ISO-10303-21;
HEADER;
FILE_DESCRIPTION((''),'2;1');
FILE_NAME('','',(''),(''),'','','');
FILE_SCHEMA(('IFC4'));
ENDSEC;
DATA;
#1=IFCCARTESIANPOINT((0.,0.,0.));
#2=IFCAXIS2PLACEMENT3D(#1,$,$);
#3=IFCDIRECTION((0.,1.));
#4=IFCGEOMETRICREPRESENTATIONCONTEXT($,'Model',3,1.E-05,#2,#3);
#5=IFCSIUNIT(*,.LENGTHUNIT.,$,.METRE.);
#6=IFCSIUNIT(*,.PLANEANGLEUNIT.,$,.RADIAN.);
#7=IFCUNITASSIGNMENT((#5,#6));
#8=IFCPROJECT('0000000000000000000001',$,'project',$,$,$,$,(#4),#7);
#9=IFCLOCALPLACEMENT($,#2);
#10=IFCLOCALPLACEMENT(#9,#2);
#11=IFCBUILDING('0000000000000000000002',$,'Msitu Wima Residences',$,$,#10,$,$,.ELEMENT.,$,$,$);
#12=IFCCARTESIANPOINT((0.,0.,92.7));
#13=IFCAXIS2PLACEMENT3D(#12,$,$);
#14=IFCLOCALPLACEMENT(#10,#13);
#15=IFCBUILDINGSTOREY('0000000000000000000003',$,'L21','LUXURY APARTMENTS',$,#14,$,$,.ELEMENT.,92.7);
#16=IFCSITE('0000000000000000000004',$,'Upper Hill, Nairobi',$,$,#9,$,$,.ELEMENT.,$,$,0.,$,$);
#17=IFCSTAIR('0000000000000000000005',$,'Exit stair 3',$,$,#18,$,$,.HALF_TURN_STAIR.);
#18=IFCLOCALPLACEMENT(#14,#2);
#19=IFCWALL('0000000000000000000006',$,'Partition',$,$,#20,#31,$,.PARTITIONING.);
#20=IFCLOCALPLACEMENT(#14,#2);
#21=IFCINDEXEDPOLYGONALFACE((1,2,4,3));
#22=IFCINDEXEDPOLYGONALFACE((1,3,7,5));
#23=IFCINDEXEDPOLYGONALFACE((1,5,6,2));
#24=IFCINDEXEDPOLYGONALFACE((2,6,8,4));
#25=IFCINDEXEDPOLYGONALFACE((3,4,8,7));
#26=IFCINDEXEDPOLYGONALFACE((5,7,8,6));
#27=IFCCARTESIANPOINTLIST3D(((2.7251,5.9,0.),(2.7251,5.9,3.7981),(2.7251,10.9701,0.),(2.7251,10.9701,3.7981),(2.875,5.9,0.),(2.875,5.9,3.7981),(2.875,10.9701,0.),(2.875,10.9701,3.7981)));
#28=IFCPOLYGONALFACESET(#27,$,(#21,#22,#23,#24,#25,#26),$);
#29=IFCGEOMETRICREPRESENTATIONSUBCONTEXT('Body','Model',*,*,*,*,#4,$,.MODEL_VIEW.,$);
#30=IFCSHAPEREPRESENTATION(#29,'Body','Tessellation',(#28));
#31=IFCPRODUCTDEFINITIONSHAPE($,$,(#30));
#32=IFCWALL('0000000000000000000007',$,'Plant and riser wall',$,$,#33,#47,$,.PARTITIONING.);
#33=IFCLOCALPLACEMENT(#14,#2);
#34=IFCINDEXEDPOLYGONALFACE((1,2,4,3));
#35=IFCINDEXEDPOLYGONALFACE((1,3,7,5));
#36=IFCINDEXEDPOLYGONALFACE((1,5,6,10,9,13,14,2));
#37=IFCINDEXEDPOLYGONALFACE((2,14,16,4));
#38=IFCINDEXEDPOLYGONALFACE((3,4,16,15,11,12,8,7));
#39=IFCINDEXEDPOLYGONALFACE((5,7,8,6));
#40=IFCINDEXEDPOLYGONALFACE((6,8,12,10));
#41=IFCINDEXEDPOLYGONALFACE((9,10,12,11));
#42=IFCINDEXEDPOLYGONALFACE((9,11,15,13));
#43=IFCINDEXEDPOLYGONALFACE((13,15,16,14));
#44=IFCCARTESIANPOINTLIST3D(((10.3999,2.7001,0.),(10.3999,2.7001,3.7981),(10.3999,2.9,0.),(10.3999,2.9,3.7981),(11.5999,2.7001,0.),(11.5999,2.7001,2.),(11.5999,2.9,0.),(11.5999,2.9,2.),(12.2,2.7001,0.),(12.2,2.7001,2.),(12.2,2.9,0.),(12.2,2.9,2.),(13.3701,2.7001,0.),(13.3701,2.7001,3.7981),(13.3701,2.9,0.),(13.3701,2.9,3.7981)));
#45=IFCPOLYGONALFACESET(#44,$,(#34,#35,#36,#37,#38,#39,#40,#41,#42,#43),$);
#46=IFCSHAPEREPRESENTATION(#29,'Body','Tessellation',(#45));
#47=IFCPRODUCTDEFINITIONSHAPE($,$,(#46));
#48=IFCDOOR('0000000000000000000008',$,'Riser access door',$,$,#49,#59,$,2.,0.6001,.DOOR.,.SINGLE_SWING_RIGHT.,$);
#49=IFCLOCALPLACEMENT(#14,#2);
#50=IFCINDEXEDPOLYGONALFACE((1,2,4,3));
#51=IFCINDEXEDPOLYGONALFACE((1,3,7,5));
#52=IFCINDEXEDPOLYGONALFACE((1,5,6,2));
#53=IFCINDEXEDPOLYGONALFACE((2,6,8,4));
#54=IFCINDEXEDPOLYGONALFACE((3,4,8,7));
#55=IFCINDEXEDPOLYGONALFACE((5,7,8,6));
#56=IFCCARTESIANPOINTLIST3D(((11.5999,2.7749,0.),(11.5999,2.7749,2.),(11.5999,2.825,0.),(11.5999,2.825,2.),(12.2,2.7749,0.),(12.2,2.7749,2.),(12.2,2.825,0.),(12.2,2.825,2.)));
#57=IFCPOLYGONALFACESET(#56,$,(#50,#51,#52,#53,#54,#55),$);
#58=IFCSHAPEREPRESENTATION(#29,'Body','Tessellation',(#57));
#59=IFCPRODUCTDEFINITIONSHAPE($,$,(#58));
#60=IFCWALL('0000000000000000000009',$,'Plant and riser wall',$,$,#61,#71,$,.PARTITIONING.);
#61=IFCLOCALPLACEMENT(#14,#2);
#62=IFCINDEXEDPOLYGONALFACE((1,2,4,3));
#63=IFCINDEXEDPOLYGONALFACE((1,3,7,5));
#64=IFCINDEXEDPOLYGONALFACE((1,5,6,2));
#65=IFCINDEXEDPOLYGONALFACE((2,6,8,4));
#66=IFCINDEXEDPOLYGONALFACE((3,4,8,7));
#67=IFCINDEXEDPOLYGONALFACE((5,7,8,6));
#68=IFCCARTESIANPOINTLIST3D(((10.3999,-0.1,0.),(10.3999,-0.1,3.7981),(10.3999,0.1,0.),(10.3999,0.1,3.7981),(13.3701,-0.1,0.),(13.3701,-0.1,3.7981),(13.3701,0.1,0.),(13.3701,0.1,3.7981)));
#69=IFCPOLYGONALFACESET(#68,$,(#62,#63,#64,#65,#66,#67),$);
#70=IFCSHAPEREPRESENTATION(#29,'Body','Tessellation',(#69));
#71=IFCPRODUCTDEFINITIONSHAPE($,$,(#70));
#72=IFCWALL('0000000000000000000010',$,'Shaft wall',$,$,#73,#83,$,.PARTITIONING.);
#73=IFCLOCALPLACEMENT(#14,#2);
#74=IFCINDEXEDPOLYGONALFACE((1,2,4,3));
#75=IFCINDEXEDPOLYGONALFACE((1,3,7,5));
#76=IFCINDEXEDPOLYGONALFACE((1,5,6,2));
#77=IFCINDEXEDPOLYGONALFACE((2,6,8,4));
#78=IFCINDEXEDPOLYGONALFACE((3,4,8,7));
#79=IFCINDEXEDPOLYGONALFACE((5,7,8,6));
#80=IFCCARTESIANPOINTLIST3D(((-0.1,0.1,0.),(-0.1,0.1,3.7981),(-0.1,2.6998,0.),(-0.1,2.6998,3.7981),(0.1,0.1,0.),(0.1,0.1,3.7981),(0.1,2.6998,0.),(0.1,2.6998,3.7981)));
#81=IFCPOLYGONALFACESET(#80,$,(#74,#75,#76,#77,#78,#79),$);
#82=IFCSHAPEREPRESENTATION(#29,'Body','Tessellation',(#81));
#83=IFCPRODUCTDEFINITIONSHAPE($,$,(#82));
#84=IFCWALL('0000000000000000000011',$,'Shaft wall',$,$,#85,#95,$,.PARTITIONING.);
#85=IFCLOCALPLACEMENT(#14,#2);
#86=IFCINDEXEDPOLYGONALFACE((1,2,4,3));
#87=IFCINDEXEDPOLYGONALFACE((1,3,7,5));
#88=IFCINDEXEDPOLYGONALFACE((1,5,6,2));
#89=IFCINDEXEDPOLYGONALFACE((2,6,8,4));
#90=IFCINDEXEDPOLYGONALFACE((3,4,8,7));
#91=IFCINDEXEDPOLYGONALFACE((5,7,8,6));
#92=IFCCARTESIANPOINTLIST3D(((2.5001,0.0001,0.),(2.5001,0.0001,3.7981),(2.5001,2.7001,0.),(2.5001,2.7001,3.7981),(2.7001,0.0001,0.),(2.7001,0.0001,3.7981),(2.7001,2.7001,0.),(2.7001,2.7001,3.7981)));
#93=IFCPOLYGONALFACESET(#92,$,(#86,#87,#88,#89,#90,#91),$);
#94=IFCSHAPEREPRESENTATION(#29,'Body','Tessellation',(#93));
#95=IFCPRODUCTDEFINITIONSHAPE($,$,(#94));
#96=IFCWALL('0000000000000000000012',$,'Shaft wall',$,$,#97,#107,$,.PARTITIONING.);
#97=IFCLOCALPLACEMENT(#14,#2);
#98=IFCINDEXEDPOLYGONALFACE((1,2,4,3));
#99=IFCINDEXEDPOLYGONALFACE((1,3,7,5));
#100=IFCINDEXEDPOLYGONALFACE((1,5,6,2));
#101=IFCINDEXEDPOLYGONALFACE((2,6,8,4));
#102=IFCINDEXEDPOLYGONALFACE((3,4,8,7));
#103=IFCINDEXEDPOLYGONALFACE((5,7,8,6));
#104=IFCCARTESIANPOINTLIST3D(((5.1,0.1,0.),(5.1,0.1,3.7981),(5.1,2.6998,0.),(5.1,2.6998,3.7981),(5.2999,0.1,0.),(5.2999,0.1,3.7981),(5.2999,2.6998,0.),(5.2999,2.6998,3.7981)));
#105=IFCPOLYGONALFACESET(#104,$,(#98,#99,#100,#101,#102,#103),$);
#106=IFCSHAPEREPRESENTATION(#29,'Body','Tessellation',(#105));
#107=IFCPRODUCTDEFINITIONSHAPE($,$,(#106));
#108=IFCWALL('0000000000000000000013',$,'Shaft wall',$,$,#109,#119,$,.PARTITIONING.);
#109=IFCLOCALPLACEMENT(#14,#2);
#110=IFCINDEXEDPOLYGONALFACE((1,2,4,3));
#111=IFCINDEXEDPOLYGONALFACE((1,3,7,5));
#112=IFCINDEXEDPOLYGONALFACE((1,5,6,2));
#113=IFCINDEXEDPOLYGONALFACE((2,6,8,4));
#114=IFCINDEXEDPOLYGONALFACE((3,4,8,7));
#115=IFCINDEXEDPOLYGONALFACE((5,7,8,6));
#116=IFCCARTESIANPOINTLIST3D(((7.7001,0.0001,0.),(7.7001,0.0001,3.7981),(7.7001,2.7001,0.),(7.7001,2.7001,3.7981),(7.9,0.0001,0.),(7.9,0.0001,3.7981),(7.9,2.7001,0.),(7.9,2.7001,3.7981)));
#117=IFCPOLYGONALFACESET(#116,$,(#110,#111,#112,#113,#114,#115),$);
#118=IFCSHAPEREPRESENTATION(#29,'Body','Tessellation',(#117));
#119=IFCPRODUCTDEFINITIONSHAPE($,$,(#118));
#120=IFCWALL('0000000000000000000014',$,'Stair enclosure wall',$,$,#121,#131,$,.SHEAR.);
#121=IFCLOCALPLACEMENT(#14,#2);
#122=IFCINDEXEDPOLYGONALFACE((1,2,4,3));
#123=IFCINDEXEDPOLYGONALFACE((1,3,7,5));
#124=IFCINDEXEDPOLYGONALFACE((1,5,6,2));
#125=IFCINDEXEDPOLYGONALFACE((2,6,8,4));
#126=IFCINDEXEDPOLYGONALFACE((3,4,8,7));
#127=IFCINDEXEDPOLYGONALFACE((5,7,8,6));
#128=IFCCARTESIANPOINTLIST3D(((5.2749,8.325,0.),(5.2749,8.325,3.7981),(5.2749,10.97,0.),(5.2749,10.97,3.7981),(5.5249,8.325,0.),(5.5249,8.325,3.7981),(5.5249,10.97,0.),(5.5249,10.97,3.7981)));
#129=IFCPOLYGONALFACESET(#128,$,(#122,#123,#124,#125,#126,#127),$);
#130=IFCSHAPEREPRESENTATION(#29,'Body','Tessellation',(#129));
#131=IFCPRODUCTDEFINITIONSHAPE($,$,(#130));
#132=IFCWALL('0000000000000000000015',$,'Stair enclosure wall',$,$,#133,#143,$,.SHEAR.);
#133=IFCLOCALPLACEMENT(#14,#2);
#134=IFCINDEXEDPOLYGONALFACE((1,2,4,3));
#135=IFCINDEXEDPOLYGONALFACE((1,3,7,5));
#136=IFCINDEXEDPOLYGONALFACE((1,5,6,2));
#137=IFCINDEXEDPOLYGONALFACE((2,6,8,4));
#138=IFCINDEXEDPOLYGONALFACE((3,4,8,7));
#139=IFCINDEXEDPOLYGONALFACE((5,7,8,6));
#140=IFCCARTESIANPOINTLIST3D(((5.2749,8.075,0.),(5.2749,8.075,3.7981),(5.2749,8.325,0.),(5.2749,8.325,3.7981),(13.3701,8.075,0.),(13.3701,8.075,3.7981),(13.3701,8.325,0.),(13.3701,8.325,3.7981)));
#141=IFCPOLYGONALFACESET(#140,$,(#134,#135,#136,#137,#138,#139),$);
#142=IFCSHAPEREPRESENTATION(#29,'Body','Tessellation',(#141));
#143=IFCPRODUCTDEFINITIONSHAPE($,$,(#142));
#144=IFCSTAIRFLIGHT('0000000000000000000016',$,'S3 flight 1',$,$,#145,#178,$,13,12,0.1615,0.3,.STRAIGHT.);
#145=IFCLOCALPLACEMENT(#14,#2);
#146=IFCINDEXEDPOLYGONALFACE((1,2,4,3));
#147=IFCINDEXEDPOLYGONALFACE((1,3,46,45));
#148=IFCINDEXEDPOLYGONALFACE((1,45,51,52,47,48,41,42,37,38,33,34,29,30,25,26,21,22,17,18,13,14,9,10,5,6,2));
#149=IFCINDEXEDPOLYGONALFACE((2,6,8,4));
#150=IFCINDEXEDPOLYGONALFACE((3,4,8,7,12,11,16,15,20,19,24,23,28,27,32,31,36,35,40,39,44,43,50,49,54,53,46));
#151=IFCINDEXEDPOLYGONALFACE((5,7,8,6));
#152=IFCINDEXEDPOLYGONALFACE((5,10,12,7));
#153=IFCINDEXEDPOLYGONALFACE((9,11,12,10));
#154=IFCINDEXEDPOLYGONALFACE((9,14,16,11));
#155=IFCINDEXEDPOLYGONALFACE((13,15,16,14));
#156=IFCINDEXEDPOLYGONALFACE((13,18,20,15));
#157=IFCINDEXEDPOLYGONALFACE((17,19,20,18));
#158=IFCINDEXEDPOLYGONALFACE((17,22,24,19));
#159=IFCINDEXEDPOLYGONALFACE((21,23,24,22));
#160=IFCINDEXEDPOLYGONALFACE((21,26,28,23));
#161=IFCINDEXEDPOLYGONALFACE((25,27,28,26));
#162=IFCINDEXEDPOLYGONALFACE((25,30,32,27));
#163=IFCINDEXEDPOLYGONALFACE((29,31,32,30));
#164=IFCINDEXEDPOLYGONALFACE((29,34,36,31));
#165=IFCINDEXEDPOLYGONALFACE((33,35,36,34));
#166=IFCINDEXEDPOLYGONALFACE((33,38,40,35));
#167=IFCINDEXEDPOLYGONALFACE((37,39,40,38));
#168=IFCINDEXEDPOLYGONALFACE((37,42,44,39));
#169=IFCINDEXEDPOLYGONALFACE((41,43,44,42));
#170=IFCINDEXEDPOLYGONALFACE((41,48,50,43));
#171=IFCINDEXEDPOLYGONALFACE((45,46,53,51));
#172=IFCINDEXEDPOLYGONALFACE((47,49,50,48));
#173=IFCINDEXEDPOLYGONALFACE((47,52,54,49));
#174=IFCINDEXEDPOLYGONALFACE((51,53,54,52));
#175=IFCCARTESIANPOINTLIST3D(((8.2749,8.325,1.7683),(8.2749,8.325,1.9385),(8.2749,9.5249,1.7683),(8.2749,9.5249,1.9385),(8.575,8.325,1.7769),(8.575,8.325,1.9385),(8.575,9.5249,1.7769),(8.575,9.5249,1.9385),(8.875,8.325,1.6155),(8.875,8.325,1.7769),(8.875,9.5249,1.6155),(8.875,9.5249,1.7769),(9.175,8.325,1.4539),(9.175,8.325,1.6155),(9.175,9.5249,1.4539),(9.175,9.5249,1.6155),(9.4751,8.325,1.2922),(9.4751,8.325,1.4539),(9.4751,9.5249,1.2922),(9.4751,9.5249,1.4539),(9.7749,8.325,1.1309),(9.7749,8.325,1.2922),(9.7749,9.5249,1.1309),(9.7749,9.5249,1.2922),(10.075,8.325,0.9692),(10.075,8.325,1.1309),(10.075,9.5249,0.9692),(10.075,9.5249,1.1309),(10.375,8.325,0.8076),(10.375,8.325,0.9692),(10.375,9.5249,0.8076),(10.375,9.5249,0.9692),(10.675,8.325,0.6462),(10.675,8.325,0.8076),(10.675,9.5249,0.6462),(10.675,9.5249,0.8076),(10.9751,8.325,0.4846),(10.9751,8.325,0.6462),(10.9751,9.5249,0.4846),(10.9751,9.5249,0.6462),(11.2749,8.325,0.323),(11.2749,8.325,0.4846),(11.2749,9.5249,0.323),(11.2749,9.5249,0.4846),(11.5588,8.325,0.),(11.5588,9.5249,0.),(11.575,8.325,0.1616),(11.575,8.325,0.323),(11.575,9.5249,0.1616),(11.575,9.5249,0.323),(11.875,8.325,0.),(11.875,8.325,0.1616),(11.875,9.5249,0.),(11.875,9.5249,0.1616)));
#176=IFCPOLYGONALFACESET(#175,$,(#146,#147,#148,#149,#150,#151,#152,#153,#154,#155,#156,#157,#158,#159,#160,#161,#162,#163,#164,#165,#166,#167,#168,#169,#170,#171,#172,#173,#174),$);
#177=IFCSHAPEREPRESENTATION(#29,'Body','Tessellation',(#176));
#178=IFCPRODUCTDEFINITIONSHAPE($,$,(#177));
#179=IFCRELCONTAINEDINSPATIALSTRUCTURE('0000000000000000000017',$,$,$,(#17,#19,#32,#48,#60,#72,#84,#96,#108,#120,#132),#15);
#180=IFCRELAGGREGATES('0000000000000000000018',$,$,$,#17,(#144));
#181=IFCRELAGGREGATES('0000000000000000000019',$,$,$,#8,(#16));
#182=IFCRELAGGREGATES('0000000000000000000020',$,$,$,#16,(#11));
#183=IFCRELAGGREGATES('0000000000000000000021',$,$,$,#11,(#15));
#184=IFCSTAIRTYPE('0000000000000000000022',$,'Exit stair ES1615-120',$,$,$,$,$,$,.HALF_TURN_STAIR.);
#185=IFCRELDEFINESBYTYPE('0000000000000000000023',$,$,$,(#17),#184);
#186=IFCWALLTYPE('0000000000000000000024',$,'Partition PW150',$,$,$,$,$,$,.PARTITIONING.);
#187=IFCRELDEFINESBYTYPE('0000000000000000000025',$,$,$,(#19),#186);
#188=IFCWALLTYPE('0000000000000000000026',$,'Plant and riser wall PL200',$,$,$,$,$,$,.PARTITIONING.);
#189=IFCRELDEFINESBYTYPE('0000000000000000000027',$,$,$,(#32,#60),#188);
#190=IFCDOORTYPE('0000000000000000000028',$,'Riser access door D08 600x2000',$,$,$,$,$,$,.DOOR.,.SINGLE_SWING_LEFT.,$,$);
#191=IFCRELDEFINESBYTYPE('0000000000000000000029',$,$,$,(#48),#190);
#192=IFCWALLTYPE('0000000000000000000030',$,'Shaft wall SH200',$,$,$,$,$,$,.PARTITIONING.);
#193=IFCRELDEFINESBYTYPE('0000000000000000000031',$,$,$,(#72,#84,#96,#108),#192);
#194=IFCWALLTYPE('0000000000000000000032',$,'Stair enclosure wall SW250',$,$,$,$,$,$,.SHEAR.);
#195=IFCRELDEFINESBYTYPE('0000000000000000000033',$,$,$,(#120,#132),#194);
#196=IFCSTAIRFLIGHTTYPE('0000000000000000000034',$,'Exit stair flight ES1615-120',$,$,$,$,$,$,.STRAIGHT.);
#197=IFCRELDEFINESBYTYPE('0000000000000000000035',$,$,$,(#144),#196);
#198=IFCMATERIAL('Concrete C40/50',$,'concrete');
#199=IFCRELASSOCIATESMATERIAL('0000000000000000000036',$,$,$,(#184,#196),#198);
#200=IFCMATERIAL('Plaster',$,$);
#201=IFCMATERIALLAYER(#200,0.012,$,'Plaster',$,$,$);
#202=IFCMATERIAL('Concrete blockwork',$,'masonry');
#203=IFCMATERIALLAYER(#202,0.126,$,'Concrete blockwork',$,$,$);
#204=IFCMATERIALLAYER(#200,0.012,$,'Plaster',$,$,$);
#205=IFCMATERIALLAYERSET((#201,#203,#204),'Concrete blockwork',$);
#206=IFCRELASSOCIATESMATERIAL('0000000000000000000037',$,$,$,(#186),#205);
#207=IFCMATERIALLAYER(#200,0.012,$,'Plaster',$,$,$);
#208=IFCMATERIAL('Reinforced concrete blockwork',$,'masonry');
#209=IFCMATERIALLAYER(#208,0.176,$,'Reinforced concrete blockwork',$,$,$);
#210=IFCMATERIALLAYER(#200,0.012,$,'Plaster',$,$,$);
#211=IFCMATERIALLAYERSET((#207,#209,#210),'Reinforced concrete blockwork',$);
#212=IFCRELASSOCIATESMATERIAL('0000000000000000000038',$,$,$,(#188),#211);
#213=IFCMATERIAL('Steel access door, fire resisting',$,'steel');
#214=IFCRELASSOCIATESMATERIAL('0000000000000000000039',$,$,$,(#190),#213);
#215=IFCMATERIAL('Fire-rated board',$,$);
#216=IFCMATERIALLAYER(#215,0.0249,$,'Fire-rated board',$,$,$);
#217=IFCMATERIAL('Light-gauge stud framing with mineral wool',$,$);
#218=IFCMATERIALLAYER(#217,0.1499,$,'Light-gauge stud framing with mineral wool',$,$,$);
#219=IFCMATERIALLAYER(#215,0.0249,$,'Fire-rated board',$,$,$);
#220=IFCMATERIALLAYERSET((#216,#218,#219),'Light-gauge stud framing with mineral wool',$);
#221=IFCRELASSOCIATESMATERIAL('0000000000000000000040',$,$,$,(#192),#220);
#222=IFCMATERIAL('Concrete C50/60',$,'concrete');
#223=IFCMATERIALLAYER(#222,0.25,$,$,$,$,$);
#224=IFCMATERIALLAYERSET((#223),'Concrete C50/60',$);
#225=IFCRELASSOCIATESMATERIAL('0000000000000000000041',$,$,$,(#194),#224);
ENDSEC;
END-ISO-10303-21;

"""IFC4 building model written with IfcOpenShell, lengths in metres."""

from ifc_helpers import new_model, si_unit, direction, frame, frame_2d, origin, place, context, subcontext, project, spatial, polyline, rectangle, outline, extrude, material, layer, layer_set, type_object, element, fill, aggregate, save


model = new_model("IFC4")

# Units and contexts
model_context = context("Model", 3, precision=1e-05, world=origin(), true_north=direction((0.0, 1.0)))
body_context = subcontext(model_context, "Body", "Model", "MODEL_VIEW")
ifc_project = project(units=[si_unit("LENGTHUNIT", "METRE"), si_unit("PLANEANGLEUNIT", "RADIAN")], contexts=[model_context])

# Site, building, storey
site_placement = place(None, origin())
site = spatial("IfcSite", under=ifc_project, at=site_placement, Name="Upper Hill, Nairobi", CompositionType="ELEMENT", RefElevation=0.0)
building_placement = place(site_placement, origin())
building = spatial("IfcBuilding", under=site, at=building_placement, Name="Msitu Wima Residences", CompositionType="ELEMENT")
storey_placement = place(building_placement, frame((0.0, 0.0, 92.7)))
storey = spatial("IfcBuildingStorey", under=building, at=storey_placement, Name="L21", Description="LUXURY APARTMENTS", CompositionType="ELEMENT", Elevation=92.7)

# Shared definitions
ifc_material_1 = material(Name="Concrete C40/50", Category="concrete")

# Stair
stair_type = type_object("IfcStairType", Name="Exit stair ES1615-120", PredefinedType="HALF_TURN_STAIR", material=ifc_material_1)
stair_1_placement = place(storey_placement, origin())
stair_1 = element("IfcStair", 1, at=stair_1_placement, inside=storey, type_object=stair_type, Name="Exit stair 3", PredefinedType="HALF_TURN_STAIR")

# Wall
ifc_material_2 = material(Name="Plaster")
ifc_layer_1 = layer(ifc_material_2, 0.012, Name="Plaster")
ifc_material_3 = material(Name="Concrete blockwork", Category="masonry")
ifc_layer_2 = layer(ifc_material_3, 0.126, Name="Concrete blockwork")
ifc_layer_3 = layer(ifc_material_2, 0.012, Name="Plaster")
ifc_layer_set_1 = layer_set([ifc_layer_1, ifc_layer_2, ifc_layer_3], Name="Concrete blockwork")
wall_type_1 = type_object("IfcWallType", Name="Partition PW150", PredefinedType="PARTITIONING", material=ifc_layer_set_1)
wall_1_placement = place(storey_placement, frame((2.8, 5.8999, 0.0), z_axis=(0.0, 0.0, 1.0), x_axis=(0.0, 1.0, 0.0)))
element("IfcWall", 2, at=wall_1_placement, inside=storey, type_object=wall_type_1, Name="Partition", PredefinedType="PARTITIONING", context=body_context, shape_type="SweptSolid", body=[
    extrude(rectangle(XDim=5.0701, YDim=0.1499, at=frame_2d((2.5352, 0.0))), origin(), (0.0, 0.0, 1.0), 3.7981),
])

# Wall, opening, door
ifc_layer_4 = layer(ifc_material_2, 0.012, Name="Plaster")
ifc_material_4 = material(Name="Reinforced concrete blockwork", Category="masonry")
ifc_layer_5 = layer(ifc_material_4, 0.176, Name="Reinforced concrete blockwork")
ifc_layer_6 = layer(ifc_material_2, 0.012, Name="Plaster")
ifc_layer_set_2 = layer_set([ifc_layer_4, ifc_layer_5, ifc_layer_6], Name="Reinforced concrete blockwork")
wall_type_2 = type_object("IfcWallType", Name="Plant and riser wall PL200", PredefinedType="PARTITIONING", material=ifc_layer_set_2)
wall_2_placement = place(storey_placement, frame((10.3999, 2.8, 0.0), z_axis=(0.0, 0.0, 1.0), x_axis=(1.0, 0.0, 0.0)))
wall_2 = element("IfcWall", 3, at=wall_2_placement, inside=storey, type_object=wall_type_2, Name="Plant and riser wall", PredefinedType="PARTITIONING", context=body_context, shape_type="SweptSolid", body=[
    extrude(rectangle(XDim=2.9702, YDim=0.2, at=frame_2d((1.4851, 0.0))), origin(), (0.0, 0.0, 1.0), 3.7981),
])
opening_placement = place(wall_2_placement, frame((1.2, 0.0, 0.0)))
opening = element("IfcOpeningElement", 4, at=opening_placement, cuts=wall_2, PredefinedType="OPENING", context=body_context, shape_type="SweptSolid", body=[
    extrude(rectangle(XDim=0.6001, YDim=2.0, at=frame_2d((0.3, 1.0))), frame((0.0, 0.1099, 0.0), z_axis=(0.0, -1.0, 0.0), x_axis=(1.0, 0.0, 0.0)), (0.0, 0.0, 1.0), 0.22),
])
ifc_material_5 = material(Name="Steel access door, fire resisting", Category="steel")
door_type = type_object("IfcDoorType", Name="Riser access door D08 600x2000", OperationType="SINGLE_SWING_LEFT", PredefinedType="DOOR", material=ifc_material_5)
door_placement = place(opening_placement, origin())
door = element("IfcDoor", 5, at=door_placement, inside=storey, type_object=door_type, Name="Riser access door", OperationType="SINGLE_SWING_RIGHT", OverallHeight=2.0, OverallWidth=0.6001, PredefinedType="DOOR", context=body_context, shape_type="SweptSolid", body=[
    extrude(rectangle(XDim=0.6001, YDim=2.0, at=frame_2d((0.3, 1.0))), frame((0.0, 0.0249, 0.0), z_axis=(0.0, -1.0, 0.0), x_axis=(1.0, 0.0, 0.0)), (0.0, 0.0, 1.0), 0.05),
])
fill(opening, door)

# Walls
wall_3_placement = place(storey_placement, frame((10.3999, 0.0, 0.0), z_axis=(0.0, 0.0, 1.0), x_axis=(1.0, 0.0, 0.0)))
element("IfcWall", 6, at=wall_3_placement, inside=storey, type_object=wall_type_2, Name="Plant and riser wall", PredefinedType="PARTITIONING", context=body_context, shape_type="SweptSolid", body=[
    extrude(rectangle(XDim=2.9702, YDim=0.2, at=frame_2d((1.4851, 0.0))), origin(), (0.0, 0.0, 1.0), 3.7981),
])
ifc_material_6 = material(Name="Fire-rated board")
ifc_layer_7 = layer(ifc_material_6, 0.0249, Name="Fire-rated board")
ifc_material_7 = material(Name="Light-gauge stud framing with mineral wool")
ifc_layer_8 = layer(ifc_material_7, 0.1499, Name="Light-gauge stud framing with mineral wool")
ifc_layer_9 = layer(ifc_material_6, 0.0249, Name="Fire-rated board")
ifc_layer_set_3 = layer_set([ifc_layer_7, ifc_layer_8, ifc_layer_9], Name="Light-gauge stud framing with mineral wool")
wall_type_3 = type_object("IfcWallType", Name="Shaft wall SH200", PredefinedType="PARTITIONING", material=ifc_layer_set_3)
wall_4_placement = place(storey_placement, frame((0.0, 0.1001, 0.0), z_axis=(0.0, 0.0, 1.0), x_axis=(0.0, 1.0, 0.0)))
element("IfcWall", 7, at=wall_4_placement, inside=storey, type_object=wall_type_3, Name="Shaft wall", PredefinedType="PARTITIONING", context=body_context, shape_type="SweptSolid", body=[
    extrude(rectangle(XDim=2.5999, YDim=0.2, at=frame_2d((1.2998, 0.0))), origin(), (0.0, 0.0, 1.0), 3.7981),
])
wall_5_placement = place(storey_placement, frame((2.6001, 0.0, 0.0), z_axis=(0.0, 0.0, 1.0), x_axis=(0.0, 1.0, 0.0)))
element("IfcWall", 8, at=wall_5_placement, inside=storey, type_object=wall_type_3, Name="Shaft wall", PredefinedType="PARTITIONING", context=body_context, shape_type="SweptSolid", body=[
    extrude(rectangle(XDim=2.7, YDim=0.2, at=frame_2d((1.3501, 0.0))), origin(), (0.0, 0.0, 1.0), 3.7981),
])
wall_6_placement = place(storey_placement, frame((5.2, 0.1001, 0.0), z_axis=(0.0, 0.0, 1.0), x_axis=(0.0, 1.0, 0.0)))
element("IfcWall", 9, at=wall_6_placement, inside=storey, type_object=wall_type_3, Name="Shaft wall", PredefinedType="PARTITIONING", context=body_context, shape_type="SweptSolid", body=[
    extrude(rectangle(XDim=2.5999, YDim=0.2, at=frame_2d((1.2998, 0.0))), origin(), (0.0, 0.0, 1.0), 3.7981),
])
wall_7_placement = place(storey_placement, frame((7.8, 0.0, 0.0), z_axis=(0.0, 0.0, 1.0), x_axis=(0.0, 1.0, 0.0)))
element("IfcWall", 10, at=wall_7_placement, inside=storey, type_object=wall_type_3, Name="Shaft wall", PredefinedType="PARTITIONING", context=body_context, shape_type="SweptSolid", body=[
    extrude(rectangle(XDim=2.7, YDim=0.2, at=frame_2d((1.3501, 0.0))), origin(), (0.0, 0.0, 1.0), 3.7981),
])
ifc_material_8 = material(Name="Concrete C50/60", Category="concrete")
ifc_layer_10 = layer(ifc_material_8, 0.25)
ifc_layer_set_4 = layer_set([ifc_layer_10], Name="Concrete C50/60")
wall_type_4 = type_object("IfcWallType", Name="Stair enclosure wall SW250", PredefinedType="SHEAR", material=ifc_layer_set_4)
wall_8_placement = place(storey_placement, frame((5.3999, 8.325, 0.0), z_axis=(0.0, 0.0, 1.0), x_axis=(0.0, 1.0, 0.0)))
element("IfcWall", 11, at=wall_8_placement, inside=storey, type_object=wall_type_4, Name="Stair enclosure wall", PredefinedType="SHEAR", context=body_context, shape_type="SweptSolid", body=[
    extrude(rectangle(XDim=2.645, YDim=0.25, at=frame_2d((1.3225, 0.0))), origin(), (0.0, 0.0, 1.0), 3.7981),
])
wall_9_placement = place(storey_placement, frame((5.2749, 8.2, 0.0), z_axis=(0.0, 0.0, 1.0), x_axis=(1.0, 0.0, 0.0)))
element("IfcWall", 12, at=wall_9_placement, inside=storey, type_object=wall_type_4, Name="Stair enclosure wall", PredefinedType="SHEAR", context=body_context, shape_type="SweptSolid", body=[
    extrude(rectangle(XDim=8.0952, YDim=0.25, at=frame_2d((4.0476, 0.0))), origin(), (0.0, 0.0, 1.0), 3.7981),
])

# Stair flight
stair_flight_type = type_object("IfcStairFlightType", Name="Exit stair flight ES1615-120", PredefinedType="STRAIGHT", material=ifc_material_1)
stair_flight_placement = place(storey_placement, frame((11.875, 8.925, 0.0), z_axis=(0.0, 0.0, 1.0), x_axis=(-1.0, 0.0, 0.0)))
stair_flight = element("IfcStairFlight", 13, at=stair_flight_placement, type_object=stair_flight_type, Name="S3 flight 1", NumberOfRisers=13, NumberOfTreads=12, PredefinedType="STRAIGHT", RiserHeight=0.1615, TreadLength=0.3, context=body_context, shape_type="SweptSolid", body=[
    extrude(outline(polyline([(0.0, 0.0), (0.0, 0.1616), (0.3, 0.1616), (0.3, 0.323), (0.6001, 0.323), (0.6001, 0.4846), (0.8999, 0.4846), (0.8999, 0.6462), (1.2, 0.6462), (1.2, 0.8076), (1.5, 0.8076), (1.5, 0.9692), (1.8, 0.9692), (1.8, 1.1309), (2.1001, 1.1309), (2.1001, 1.2922), (2.3999, 1.2922), (2.3999, 1.4539), (2.7, 1.4539), (2.7, 1.6155), (3.0, 1.6155), (3.0, 1.7769), (3.3, 1.7769), (3.3, 1.9385), (3.6001, 1.9385), (3.6001, 2.1001), (3.6001, 1.7683), (0.3162, 0.0), (0.0, 0.0)])), frame((0.0, 0.6001, 0.0), z_axis=(0.0, -1.0, 0.0), x_axis=(1.0, 0.0, 0.0)), (0.0, 0.0, 1.0), 1.2),
])
aggregate(stair_1, [stair_flight])

save(model, "model.ifc")
